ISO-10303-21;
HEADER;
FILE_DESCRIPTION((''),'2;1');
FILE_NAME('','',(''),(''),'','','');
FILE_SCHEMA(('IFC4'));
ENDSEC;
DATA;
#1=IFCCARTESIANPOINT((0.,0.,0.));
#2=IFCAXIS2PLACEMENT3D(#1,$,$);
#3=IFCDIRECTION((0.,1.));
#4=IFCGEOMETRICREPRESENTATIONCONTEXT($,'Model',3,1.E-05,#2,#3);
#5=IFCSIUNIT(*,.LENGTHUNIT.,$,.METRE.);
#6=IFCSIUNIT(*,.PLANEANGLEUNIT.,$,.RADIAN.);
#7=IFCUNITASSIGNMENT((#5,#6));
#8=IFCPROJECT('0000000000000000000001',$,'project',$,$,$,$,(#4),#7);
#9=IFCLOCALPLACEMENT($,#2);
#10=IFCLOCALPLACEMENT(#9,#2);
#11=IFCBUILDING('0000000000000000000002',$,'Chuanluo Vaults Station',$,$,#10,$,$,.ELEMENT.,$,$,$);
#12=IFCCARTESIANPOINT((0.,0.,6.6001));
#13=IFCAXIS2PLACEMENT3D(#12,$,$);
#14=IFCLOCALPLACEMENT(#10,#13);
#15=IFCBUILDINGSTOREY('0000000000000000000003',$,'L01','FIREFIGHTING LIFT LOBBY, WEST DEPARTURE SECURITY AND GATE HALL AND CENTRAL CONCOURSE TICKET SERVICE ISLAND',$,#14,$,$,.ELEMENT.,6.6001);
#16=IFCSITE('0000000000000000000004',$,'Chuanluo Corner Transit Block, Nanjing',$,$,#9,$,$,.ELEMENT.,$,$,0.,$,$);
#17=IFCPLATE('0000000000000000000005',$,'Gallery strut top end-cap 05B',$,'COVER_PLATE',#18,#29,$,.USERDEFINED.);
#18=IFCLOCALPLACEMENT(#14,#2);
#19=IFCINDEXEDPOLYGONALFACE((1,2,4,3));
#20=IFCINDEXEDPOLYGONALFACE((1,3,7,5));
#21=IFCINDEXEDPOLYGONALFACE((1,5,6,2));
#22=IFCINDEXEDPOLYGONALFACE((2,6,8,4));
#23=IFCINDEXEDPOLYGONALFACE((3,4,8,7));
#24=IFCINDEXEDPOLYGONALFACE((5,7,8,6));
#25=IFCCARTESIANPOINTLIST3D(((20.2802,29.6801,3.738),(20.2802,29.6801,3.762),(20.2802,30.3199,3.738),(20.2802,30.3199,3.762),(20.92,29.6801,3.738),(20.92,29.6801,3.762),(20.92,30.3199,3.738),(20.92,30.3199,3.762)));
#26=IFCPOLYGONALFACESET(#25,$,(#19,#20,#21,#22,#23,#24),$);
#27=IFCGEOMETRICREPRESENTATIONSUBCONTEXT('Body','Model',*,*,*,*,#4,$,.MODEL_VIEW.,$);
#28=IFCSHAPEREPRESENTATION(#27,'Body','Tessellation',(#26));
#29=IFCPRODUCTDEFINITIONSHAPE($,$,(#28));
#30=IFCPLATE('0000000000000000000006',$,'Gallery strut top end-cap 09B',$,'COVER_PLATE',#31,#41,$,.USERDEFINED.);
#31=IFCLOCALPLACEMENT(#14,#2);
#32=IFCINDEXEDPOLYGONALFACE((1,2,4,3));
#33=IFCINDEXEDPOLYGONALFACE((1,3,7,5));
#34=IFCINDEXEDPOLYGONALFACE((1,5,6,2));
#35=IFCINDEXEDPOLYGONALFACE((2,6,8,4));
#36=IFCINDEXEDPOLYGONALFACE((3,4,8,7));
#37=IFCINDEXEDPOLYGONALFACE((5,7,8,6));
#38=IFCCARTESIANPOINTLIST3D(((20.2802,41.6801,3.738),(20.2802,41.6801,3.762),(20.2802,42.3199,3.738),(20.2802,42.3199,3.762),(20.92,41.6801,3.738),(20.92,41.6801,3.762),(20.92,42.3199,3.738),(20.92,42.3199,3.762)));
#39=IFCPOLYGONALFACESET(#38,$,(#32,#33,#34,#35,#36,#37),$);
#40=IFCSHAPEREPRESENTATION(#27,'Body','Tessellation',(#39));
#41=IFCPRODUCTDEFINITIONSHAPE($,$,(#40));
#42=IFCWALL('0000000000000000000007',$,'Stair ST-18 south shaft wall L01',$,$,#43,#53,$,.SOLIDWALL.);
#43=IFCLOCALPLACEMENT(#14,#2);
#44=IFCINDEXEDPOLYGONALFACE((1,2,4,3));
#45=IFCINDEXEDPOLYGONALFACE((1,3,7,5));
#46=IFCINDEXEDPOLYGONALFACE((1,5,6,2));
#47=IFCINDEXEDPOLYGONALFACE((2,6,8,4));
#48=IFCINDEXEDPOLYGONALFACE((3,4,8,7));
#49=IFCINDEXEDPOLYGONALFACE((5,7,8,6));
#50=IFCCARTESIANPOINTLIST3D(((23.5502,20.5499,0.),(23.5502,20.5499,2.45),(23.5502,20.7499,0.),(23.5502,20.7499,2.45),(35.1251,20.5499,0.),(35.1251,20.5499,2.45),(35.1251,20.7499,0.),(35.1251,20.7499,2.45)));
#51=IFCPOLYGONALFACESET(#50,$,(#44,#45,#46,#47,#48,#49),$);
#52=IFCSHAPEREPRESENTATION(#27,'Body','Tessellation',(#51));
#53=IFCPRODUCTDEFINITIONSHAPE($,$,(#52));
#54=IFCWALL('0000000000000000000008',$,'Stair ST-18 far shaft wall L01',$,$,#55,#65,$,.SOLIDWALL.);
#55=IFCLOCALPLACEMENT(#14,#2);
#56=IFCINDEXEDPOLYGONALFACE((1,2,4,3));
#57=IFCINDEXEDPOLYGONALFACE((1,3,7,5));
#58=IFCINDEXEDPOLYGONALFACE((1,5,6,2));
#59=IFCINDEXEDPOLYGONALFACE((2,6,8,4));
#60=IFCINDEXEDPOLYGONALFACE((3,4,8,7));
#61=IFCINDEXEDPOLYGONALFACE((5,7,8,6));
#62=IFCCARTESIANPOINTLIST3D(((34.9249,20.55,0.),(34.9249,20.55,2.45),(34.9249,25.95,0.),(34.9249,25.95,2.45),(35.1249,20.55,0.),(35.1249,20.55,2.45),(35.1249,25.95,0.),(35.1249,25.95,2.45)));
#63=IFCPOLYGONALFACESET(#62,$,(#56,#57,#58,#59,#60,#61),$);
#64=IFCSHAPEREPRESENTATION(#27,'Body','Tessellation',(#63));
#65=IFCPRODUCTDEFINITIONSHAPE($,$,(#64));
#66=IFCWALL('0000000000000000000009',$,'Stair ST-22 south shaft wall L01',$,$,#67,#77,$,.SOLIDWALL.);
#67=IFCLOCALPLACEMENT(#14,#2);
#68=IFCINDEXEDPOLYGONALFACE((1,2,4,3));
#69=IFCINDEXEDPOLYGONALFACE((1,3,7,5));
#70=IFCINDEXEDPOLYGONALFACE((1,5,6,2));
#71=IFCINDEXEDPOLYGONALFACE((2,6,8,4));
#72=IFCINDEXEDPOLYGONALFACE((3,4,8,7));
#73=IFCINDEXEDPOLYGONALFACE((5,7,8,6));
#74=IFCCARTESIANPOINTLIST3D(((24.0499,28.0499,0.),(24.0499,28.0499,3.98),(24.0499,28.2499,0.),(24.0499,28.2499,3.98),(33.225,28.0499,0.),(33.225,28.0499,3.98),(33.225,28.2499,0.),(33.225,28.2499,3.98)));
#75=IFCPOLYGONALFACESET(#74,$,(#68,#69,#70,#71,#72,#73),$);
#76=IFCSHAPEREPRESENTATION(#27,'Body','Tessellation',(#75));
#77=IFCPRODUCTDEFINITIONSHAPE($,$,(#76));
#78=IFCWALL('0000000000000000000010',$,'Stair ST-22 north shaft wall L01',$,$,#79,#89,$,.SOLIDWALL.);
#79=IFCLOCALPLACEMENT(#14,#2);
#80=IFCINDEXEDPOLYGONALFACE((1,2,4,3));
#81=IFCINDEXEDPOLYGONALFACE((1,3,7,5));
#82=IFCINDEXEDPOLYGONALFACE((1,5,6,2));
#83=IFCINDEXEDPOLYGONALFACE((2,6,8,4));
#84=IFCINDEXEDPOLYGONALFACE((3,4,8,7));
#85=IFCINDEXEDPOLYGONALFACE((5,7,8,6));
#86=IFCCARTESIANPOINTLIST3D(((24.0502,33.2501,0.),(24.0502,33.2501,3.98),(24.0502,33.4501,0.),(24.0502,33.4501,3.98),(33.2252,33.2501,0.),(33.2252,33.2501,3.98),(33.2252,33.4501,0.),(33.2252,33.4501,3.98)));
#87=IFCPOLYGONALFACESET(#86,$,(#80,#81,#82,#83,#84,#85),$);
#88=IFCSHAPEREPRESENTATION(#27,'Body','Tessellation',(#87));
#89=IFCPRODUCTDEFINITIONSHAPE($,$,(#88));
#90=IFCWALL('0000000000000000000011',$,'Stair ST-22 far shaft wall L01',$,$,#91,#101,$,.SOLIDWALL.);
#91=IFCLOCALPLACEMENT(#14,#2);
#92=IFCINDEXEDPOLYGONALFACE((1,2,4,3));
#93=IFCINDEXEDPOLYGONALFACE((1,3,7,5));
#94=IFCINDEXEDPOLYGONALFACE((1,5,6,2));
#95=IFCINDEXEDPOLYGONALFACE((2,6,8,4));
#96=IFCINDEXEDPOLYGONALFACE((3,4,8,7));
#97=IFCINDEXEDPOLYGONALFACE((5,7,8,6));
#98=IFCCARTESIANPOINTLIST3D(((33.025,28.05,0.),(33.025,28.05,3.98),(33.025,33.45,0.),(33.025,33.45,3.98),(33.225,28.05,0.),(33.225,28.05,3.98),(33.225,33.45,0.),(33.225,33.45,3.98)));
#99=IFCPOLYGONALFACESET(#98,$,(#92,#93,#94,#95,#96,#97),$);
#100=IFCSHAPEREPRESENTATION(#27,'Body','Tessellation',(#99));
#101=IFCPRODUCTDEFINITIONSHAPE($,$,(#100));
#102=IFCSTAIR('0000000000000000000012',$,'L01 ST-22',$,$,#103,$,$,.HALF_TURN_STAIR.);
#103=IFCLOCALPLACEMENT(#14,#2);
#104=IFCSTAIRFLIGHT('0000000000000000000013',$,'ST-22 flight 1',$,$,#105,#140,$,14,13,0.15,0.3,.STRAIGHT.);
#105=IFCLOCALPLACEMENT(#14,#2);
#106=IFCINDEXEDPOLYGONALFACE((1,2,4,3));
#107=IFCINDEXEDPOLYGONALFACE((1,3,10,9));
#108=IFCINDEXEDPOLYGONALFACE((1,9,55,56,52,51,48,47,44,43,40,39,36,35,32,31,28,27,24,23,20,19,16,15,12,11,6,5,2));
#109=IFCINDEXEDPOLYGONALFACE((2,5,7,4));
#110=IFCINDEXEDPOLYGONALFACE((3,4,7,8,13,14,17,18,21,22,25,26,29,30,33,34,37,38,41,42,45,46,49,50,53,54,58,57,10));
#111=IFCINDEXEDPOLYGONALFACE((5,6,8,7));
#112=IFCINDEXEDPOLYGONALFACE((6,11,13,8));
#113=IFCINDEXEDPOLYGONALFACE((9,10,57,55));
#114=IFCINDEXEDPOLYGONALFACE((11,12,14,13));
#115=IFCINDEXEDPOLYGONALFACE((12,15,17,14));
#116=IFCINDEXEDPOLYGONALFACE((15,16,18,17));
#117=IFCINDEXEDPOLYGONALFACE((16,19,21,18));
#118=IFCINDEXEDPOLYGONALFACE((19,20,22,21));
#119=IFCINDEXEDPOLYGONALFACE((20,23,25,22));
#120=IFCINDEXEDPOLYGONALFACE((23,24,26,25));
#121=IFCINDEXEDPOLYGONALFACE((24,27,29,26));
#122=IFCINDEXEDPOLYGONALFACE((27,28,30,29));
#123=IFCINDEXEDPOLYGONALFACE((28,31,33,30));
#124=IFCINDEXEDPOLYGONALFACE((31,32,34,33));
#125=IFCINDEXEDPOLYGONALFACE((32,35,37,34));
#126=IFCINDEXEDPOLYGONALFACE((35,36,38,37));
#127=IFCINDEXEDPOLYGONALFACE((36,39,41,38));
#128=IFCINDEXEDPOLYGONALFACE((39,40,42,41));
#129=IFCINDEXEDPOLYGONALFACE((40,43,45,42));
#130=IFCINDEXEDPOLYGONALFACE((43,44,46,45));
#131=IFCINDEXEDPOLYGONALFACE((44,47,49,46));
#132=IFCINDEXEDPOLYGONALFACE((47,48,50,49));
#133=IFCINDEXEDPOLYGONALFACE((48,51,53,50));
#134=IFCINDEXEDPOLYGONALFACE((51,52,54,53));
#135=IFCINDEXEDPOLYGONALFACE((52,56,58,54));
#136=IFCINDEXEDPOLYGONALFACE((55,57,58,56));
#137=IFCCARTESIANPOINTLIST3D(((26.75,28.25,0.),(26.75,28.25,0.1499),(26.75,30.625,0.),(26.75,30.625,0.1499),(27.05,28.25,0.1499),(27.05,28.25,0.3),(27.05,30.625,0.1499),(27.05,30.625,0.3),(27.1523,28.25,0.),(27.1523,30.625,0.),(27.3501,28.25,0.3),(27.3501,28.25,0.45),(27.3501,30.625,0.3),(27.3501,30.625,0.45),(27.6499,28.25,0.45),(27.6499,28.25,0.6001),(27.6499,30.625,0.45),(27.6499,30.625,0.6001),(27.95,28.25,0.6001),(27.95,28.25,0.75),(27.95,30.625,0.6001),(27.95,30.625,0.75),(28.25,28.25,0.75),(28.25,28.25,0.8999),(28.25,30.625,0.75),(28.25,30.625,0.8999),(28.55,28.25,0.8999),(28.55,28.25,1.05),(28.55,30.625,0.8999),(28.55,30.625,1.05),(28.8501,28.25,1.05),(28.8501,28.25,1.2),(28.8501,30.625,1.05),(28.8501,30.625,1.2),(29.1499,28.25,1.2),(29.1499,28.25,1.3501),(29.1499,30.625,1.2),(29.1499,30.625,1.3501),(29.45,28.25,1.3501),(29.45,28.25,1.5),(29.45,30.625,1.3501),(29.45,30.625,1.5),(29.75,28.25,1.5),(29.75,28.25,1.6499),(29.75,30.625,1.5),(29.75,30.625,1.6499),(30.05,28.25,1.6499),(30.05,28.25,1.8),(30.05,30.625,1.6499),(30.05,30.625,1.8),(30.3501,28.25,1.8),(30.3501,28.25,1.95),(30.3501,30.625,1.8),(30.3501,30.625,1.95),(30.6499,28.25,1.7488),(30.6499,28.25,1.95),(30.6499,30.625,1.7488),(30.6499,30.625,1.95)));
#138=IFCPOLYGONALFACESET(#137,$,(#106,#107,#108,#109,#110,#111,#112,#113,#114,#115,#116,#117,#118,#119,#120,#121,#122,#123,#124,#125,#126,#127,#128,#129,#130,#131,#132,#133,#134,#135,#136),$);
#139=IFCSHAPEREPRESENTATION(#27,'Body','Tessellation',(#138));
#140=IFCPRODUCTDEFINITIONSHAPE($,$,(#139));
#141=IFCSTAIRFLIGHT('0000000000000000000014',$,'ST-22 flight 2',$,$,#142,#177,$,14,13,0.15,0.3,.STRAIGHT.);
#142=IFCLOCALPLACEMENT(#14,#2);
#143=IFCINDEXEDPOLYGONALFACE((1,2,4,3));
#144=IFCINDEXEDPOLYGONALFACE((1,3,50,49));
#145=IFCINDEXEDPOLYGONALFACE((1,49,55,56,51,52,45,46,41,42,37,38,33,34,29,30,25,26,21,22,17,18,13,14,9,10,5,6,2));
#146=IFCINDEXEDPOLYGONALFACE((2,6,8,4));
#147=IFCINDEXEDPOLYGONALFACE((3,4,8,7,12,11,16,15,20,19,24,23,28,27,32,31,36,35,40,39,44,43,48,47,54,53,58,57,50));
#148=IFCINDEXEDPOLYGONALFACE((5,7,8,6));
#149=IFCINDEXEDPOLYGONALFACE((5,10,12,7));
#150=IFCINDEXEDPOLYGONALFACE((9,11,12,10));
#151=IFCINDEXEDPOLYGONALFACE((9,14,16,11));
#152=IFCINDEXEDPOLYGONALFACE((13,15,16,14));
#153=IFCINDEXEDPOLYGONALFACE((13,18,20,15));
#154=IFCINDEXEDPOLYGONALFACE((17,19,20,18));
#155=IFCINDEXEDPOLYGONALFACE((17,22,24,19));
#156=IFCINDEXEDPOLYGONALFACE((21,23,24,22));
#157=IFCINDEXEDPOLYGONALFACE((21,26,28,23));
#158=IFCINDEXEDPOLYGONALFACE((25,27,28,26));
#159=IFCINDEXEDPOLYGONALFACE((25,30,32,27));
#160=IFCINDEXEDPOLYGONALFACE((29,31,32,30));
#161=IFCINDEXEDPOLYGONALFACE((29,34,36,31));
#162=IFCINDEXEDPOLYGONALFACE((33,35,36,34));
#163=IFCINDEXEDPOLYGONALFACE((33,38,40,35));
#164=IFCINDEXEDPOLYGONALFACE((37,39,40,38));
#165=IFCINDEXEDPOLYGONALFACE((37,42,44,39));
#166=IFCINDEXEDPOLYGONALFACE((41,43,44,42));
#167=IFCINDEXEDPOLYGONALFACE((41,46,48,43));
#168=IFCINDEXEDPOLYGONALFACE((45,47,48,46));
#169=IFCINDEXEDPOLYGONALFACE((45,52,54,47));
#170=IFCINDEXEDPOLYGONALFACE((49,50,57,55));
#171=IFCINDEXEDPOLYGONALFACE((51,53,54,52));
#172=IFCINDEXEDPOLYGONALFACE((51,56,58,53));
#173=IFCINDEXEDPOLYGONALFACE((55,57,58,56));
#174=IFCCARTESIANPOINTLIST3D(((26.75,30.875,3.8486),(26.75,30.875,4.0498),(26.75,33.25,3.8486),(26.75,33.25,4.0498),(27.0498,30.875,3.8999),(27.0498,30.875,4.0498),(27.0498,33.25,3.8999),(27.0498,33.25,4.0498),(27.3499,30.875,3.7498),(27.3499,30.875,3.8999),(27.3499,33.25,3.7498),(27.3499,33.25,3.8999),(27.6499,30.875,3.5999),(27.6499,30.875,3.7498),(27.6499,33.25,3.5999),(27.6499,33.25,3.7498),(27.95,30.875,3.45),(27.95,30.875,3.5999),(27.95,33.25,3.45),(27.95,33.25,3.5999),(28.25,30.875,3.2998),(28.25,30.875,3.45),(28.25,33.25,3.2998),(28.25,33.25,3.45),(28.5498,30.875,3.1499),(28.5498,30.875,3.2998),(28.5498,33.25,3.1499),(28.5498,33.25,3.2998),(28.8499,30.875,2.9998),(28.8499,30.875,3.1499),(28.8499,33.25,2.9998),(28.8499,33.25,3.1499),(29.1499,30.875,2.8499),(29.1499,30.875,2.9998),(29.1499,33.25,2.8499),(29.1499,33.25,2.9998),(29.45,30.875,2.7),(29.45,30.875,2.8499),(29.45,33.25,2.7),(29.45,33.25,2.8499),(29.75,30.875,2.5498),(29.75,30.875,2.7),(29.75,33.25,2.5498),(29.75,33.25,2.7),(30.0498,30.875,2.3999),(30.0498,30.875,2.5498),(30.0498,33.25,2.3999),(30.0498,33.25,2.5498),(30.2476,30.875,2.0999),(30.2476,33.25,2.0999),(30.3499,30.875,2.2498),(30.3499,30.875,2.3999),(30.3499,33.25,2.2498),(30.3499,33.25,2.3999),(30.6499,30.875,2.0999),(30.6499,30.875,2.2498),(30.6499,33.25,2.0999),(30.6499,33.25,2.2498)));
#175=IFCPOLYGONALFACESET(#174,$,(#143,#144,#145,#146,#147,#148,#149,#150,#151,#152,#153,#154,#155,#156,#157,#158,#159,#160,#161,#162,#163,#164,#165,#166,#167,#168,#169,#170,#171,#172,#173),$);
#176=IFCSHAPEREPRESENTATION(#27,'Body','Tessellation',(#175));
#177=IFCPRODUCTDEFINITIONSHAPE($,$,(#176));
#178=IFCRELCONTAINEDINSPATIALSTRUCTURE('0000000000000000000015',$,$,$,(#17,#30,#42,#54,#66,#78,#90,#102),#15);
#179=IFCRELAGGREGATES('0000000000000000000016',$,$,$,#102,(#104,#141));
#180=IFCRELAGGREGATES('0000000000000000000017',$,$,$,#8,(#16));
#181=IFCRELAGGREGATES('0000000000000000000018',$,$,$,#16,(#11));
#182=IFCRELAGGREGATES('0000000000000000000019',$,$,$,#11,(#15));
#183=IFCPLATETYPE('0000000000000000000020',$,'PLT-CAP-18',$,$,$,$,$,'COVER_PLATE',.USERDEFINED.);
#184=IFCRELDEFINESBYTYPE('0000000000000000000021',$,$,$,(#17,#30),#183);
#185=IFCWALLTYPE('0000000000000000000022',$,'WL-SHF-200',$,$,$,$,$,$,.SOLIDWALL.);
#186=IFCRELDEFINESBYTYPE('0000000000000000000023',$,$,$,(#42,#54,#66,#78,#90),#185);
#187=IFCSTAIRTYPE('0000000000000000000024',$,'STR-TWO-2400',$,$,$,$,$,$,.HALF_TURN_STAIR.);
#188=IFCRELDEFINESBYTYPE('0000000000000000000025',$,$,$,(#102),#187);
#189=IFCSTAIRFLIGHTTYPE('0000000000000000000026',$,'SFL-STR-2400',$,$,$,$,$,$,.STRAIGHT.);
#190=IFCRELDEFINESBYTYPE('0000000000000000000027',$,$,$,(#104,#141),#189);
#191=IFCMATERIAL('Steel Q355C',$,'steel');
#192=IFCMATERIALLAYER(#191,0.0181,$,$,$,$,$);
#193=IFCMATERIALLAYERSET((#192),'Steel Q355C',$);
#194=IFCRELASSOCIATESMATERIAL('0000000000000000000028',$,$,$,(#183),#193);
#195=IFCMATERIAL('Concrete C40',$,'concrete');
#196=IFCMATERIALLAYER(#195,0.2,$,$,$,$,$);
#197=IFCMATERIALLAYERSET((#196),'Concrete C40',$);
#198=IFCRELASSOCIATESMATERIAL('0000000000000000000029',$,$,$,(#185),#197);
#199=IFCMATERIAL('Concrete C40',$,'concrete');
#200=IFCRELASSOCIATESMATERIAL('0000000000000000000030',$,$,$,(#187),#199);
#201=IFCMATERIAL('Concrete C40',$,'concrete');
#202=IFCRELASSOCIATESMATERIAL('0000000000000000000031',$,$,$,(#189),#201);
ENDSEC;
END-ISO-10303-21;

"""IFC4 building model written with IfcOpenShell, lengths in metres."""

from ifc_helpers import new_model, si_unit, direction, frame, frame_2d, origin, origin_2d, place, context, subcontext, project, spatial, polyline, rectangle, outline, extrude, material, layer, layer_set, type_object, element, aggregate, save


model = new_model("IFC4")

# Units and contexts
model_context = context("Model", 3, precision=1e-05, world=origin(), true_north=direction((0.0, 1.0)))
body_context = subcontext(model_context, "Body", "Model", "MODEL_VIEW")
ifc_project = project(units=[si_unit("LENGTHUNIT", "METRE"), si_unit("PLANEANGLEUNIT", "RADIAN")], contexts=[model_context])

# Site, building, storey
site_placement = place(None, origin())
site = spatial("IfcSite", under=ifc_project, at=site_placement, Name="Chuanluo Corner Transit Block, Nanjing", CompositionType="ELEMENT", RefElevation=0.0)
building_placement = place(site_placement, origin())
building = spatial("IfcBuilding", under=site, at=building_placement, Name="Chuanluo Vaults Station", CompositionType="ELEMENT")
storey_placement = place(building_placement, frame((0.0, 0.0, 6.6001)))
storey = spatial("IfcBuildingStorey", under=building, at=storey_placement, Name="L01", Description="FIREFIGHTING LIFT LOBBY, WEST DEPARTURE SECURITY AND GATE HALL AND CENTRAL CONCOURSE TICKET SERVICE ISLAND", CompositionType="ELEMENT", Elevation=6.6001)

# Plates
ifc_material_1 = material(Name="Steel Q355C", Category="steel")
ifc_layer_1 = layer(ifc_material_1, 0.0181)
ifc_layer_set_1 = layer_set([ifc_layer_1], Name="Steel Q355C")
plate_type = type_object("IfcPlateType", Name="PLT-CAP-18", ElementType="COVER_PLATE", PredefinedType="USERDEFINED", material=ifc_layer_set_1)
for number, where, z_axis, x_axis, name in (
    (1, (20.6001, 30.0, 3.738), (0.0, 0.0, 1.0), (1.0, 0.0, 0.0), "Gallery strut top end-cap 05B"),
    (2, (20.6001, 42.0, 3.738), (0.0, 0.0, 1.0), (1.0, 0.0, 0.0), "Gallery strut top end-cap 09B"),
):
    element("IfcPlate", number, at=place(storey_placement, frame(where, z_axis=z_axis, x_axis=x_axis)), inside=storey, type_object=plate_type, Name=name, ObjectType="COVER_PLATE", PredefinedType="USERDEFINED", context=body_context, shape_type="SweptSolid", body=[
        extrude(rectangle(XDim=0.6399, YDim=0.6399, at=origin_2d()), origin(), (0.0, 0.0, 1.0), 0.0239),
    ])

# Walls
ifc_material_2 = material(Name="Concrete C40", Category="concrete")
ifc_layer_2 = layer(ifc_material_2, 0.2)
ifc_layer_set_2 = layer_set([ifc_layer_2], Name="Concrete C40")
wall_type = type_object("IfcWallType", Name="WL-SHF-200", PredefinedType="SOLIDWALL", material=ifc_layer_set_2)
wall_1_placement = place(storey_placement, frame((23.55, 20.6499, 0.0), z_axis=(0.0, 0.0, 1.0), x_axis=(1.0, 0.0, 0.0)))
element("IfcWall", 3, at=wall_1_placement, inside=storey, type_object=wall_type, Name="Stair ST-18 south shaft wall L01", PredefinedType="SOLIDWALL", context=body_context, shape_type="SweptSolid", body=[
    extrude(rectangle(XDim=11.575, YDim=0.2, at=frame_2d((5.7876, 0.0))), origin(), (0.0, 0.0, 1.0), 2.45),
])
wall_2_placement = place(storey_placement, frame((35.0249, 20.55, 0.0), z_axis=(0.0, 0.0, 1.0), x_axis=(0.0, 1.0, 0.0)))
element("IfcWall", 4, at=wall_2_placement, inside=storey, type_object=wall_type, Name="Stair ST-18 far shaft wall L01", PredefinedType="SOLIDWALL", context=body_context, shape_type="SweptSolid", body=[
    extrude(rectangle(XDim=5.3999, YDim=0.2, at=frame_2d((2.7, 0.0))), origin(), (0.0, 0.0, 1.0), 2.45),
])

# Walls
for number, where, z_axis, x_axis, name in (
    (5, (24.05, 28.1499, 0.0), (0.0, 0.0, 1.0), (1.0, 0.0, 0.0), "Stair ST-22 south shaft wall L01"),
    (6, (33.2251, 33.3501, 0.0), (0.0, 0.0, 1.0), (-1.0, 0.0, 0.0), "Stair ST-22 north shaft wall L01"),
):
    element("IfcWall", number, at=place(storey_placement, frame(where, z_axis=z_axis, x_axis=x_axis)), inside=storey, type_object=wall_type, Name=name, PredefinedType="SOLIDWALL", context=body_context, shape_type="SweptSolid", body=[
        extrude(rectangle(XDim=9.175, YDim=0.2, at=frame_2d((4.5874, 0.0))), origin(), (0.0, 0.0, 1.0), 3.98),
    ])
wall_3_placement = place(storey_placement, frame((33.125, 28.05, 0.0), z_axis=(0.0, 0.0, 1.0), x_axis=(0.0, 1.0, 0.0)))
element("IfcWall", 7, at=wall_3_placement, inside=storey, type_object=wall_type, Name="Stair ST-22 far shaft wall L01", PredefinedType="SOLIDWALL", context=body_context, shape_type="SweptSolid", body=[
    extrude(rectangle(XDim=5.3999, YDim=0.2, at=frame_2d((2.7, 0.0))), origin(), (0.0, 0.0, 1.0), 3.98),
])

# Stair, stair flights
ifc_material_3 = material(Name="Concrete C40", Category="concrete")
stair_type = type_object("IfcStairType", Name="STR-TWO-2400", PredefinedType="HALF_TURN_STAIR", material=ifc_material_3)
stair_placement = place(storey_placement, origin())
stair = element("IfcStair", 8, at=stair_placement, inside=storey, type_object=stair_type, Name="L01 ST-22", PredefinedType="HALF_TURN_STAIR")
ifc_material_4 = material(Name="Concrete C40", Category="concrete")
stair_flight_type = type_object("IfcStairFlightType", Name="SFL-STR-2400", PredefinedType="STRAIGHT", material=ifc_material_4)
stair_flight_1_placement = place(storey_placement, frame((26.75, 29.4375, 0.0), z_axis=(0.0, 0.0, 1.0), x_axis=(1.0, 0.0, 0.0)))
stair_flight_1 = element("IfcStairFlight", 9, at=stair_flight_1_placement, type_object=stair_flight_type, Name="ST-22 flight 1", NumberOfRisers=14, NumberOfTreads=13, PredefinedType="STRAIGHT", RiserHeight=0.15, TreadLength=0.3, context=body_context, shape_type="SweptSolid", body=[
    extrude(outline(polyline([(0.0, 0.0), (0.0, 0.1499), (0.3, 0.1499), (0.3, 0.3), (0.6001, 0.3), (0.6001, 0.45), (0.8999, 0.45), (0.8999, 0.6001), (1.2, 0.6001), (1.2, 0.75), (1.5, 0.75), (1.5, 0.8999), (1.8, 0.8999), (1.8, 1.05), (2.1001, 1.05), (2.1001, 1.2), (2.3999, 1.2), (2.3999, 1.3501), (2.7, 1.3501), (2.7, 1.5), (3.0, 1.5), (3.0, 1.6499), (3.3, 1.6499), (3.3, 1.8), (3.6001, 1.8), (3.6001, 1.95), (3.8999, 1.95), (3.8999, 2.1001), (3.8999, 1.7488), (0.4023, 0.0), (0.0, 0.0)])), frame((0.0, 1.1875, 0.0), z_axis=(0.0, -1.0, 0.0), x_axis=(1.0, 0.0, 0.0)), (0.0, 0.0, 1.0), 2.375),
])
stair_flight_2_placement = place(storey_placement, frame((30.6499, 32.0625, 2.0999), z_axis=(0.0, 0.0, 1.0), x_axis=(-1.0, 0.0, 0.0)))
stair_flight_2 = element("IfcStairFlight", 10, at=stair_flight_2_placement, type_object=stair_flight_type, Name="ST-22 flight 2", NumberOfRisers=14, NumberOfTreads=13, PredefinedType="STRAIGHT", RiserHeight=0.15, TreadLength=0.3, context=body_context, shape_type="SweptSolid", body=[
    extrude(outline(polyline([(0.0, 0.0), (0.0, 0.1499), (0.3, 0.1499), (0.3, 0.3), (0.6001, 0.3), (0.6001, 0.45), (0.8999, 0.45), (0.8999, 0.6001), (1.2, 0.6001), (1.2, 0.75), (1.5, 0.75), (1.5, 0.8999), (1.8, 0.8999), (1.8, 1.05), (2.1001, 1.05), (2.1001, 1.2), (2.3999, 1.2), (2.3999, 1.3501), (2.7, 1.3501), (2.7, 1.5), (3.0, 1.5), (3.0, 1.6499), (3.3, 1.6499), (3.3, 1.8), (3.6001, 1.8), (3.6001, 1.95), (3.8999, 1.95), (3.8999, 2.1001), (3.8999, 1.7488), (0.4023, 0.0), (0.0, 0.0)])), frame((0.0, 1.1875, 0.0), z_axis=(0.0, -1.0, 0.0), x_axis=(1.0, 0.0, 0.0)), (0.0, 0.0, 1.0), 2.375),
])
aggregate(stair, [stair_flight_1, stair_flight_2])

save(model, "model.ifc")
